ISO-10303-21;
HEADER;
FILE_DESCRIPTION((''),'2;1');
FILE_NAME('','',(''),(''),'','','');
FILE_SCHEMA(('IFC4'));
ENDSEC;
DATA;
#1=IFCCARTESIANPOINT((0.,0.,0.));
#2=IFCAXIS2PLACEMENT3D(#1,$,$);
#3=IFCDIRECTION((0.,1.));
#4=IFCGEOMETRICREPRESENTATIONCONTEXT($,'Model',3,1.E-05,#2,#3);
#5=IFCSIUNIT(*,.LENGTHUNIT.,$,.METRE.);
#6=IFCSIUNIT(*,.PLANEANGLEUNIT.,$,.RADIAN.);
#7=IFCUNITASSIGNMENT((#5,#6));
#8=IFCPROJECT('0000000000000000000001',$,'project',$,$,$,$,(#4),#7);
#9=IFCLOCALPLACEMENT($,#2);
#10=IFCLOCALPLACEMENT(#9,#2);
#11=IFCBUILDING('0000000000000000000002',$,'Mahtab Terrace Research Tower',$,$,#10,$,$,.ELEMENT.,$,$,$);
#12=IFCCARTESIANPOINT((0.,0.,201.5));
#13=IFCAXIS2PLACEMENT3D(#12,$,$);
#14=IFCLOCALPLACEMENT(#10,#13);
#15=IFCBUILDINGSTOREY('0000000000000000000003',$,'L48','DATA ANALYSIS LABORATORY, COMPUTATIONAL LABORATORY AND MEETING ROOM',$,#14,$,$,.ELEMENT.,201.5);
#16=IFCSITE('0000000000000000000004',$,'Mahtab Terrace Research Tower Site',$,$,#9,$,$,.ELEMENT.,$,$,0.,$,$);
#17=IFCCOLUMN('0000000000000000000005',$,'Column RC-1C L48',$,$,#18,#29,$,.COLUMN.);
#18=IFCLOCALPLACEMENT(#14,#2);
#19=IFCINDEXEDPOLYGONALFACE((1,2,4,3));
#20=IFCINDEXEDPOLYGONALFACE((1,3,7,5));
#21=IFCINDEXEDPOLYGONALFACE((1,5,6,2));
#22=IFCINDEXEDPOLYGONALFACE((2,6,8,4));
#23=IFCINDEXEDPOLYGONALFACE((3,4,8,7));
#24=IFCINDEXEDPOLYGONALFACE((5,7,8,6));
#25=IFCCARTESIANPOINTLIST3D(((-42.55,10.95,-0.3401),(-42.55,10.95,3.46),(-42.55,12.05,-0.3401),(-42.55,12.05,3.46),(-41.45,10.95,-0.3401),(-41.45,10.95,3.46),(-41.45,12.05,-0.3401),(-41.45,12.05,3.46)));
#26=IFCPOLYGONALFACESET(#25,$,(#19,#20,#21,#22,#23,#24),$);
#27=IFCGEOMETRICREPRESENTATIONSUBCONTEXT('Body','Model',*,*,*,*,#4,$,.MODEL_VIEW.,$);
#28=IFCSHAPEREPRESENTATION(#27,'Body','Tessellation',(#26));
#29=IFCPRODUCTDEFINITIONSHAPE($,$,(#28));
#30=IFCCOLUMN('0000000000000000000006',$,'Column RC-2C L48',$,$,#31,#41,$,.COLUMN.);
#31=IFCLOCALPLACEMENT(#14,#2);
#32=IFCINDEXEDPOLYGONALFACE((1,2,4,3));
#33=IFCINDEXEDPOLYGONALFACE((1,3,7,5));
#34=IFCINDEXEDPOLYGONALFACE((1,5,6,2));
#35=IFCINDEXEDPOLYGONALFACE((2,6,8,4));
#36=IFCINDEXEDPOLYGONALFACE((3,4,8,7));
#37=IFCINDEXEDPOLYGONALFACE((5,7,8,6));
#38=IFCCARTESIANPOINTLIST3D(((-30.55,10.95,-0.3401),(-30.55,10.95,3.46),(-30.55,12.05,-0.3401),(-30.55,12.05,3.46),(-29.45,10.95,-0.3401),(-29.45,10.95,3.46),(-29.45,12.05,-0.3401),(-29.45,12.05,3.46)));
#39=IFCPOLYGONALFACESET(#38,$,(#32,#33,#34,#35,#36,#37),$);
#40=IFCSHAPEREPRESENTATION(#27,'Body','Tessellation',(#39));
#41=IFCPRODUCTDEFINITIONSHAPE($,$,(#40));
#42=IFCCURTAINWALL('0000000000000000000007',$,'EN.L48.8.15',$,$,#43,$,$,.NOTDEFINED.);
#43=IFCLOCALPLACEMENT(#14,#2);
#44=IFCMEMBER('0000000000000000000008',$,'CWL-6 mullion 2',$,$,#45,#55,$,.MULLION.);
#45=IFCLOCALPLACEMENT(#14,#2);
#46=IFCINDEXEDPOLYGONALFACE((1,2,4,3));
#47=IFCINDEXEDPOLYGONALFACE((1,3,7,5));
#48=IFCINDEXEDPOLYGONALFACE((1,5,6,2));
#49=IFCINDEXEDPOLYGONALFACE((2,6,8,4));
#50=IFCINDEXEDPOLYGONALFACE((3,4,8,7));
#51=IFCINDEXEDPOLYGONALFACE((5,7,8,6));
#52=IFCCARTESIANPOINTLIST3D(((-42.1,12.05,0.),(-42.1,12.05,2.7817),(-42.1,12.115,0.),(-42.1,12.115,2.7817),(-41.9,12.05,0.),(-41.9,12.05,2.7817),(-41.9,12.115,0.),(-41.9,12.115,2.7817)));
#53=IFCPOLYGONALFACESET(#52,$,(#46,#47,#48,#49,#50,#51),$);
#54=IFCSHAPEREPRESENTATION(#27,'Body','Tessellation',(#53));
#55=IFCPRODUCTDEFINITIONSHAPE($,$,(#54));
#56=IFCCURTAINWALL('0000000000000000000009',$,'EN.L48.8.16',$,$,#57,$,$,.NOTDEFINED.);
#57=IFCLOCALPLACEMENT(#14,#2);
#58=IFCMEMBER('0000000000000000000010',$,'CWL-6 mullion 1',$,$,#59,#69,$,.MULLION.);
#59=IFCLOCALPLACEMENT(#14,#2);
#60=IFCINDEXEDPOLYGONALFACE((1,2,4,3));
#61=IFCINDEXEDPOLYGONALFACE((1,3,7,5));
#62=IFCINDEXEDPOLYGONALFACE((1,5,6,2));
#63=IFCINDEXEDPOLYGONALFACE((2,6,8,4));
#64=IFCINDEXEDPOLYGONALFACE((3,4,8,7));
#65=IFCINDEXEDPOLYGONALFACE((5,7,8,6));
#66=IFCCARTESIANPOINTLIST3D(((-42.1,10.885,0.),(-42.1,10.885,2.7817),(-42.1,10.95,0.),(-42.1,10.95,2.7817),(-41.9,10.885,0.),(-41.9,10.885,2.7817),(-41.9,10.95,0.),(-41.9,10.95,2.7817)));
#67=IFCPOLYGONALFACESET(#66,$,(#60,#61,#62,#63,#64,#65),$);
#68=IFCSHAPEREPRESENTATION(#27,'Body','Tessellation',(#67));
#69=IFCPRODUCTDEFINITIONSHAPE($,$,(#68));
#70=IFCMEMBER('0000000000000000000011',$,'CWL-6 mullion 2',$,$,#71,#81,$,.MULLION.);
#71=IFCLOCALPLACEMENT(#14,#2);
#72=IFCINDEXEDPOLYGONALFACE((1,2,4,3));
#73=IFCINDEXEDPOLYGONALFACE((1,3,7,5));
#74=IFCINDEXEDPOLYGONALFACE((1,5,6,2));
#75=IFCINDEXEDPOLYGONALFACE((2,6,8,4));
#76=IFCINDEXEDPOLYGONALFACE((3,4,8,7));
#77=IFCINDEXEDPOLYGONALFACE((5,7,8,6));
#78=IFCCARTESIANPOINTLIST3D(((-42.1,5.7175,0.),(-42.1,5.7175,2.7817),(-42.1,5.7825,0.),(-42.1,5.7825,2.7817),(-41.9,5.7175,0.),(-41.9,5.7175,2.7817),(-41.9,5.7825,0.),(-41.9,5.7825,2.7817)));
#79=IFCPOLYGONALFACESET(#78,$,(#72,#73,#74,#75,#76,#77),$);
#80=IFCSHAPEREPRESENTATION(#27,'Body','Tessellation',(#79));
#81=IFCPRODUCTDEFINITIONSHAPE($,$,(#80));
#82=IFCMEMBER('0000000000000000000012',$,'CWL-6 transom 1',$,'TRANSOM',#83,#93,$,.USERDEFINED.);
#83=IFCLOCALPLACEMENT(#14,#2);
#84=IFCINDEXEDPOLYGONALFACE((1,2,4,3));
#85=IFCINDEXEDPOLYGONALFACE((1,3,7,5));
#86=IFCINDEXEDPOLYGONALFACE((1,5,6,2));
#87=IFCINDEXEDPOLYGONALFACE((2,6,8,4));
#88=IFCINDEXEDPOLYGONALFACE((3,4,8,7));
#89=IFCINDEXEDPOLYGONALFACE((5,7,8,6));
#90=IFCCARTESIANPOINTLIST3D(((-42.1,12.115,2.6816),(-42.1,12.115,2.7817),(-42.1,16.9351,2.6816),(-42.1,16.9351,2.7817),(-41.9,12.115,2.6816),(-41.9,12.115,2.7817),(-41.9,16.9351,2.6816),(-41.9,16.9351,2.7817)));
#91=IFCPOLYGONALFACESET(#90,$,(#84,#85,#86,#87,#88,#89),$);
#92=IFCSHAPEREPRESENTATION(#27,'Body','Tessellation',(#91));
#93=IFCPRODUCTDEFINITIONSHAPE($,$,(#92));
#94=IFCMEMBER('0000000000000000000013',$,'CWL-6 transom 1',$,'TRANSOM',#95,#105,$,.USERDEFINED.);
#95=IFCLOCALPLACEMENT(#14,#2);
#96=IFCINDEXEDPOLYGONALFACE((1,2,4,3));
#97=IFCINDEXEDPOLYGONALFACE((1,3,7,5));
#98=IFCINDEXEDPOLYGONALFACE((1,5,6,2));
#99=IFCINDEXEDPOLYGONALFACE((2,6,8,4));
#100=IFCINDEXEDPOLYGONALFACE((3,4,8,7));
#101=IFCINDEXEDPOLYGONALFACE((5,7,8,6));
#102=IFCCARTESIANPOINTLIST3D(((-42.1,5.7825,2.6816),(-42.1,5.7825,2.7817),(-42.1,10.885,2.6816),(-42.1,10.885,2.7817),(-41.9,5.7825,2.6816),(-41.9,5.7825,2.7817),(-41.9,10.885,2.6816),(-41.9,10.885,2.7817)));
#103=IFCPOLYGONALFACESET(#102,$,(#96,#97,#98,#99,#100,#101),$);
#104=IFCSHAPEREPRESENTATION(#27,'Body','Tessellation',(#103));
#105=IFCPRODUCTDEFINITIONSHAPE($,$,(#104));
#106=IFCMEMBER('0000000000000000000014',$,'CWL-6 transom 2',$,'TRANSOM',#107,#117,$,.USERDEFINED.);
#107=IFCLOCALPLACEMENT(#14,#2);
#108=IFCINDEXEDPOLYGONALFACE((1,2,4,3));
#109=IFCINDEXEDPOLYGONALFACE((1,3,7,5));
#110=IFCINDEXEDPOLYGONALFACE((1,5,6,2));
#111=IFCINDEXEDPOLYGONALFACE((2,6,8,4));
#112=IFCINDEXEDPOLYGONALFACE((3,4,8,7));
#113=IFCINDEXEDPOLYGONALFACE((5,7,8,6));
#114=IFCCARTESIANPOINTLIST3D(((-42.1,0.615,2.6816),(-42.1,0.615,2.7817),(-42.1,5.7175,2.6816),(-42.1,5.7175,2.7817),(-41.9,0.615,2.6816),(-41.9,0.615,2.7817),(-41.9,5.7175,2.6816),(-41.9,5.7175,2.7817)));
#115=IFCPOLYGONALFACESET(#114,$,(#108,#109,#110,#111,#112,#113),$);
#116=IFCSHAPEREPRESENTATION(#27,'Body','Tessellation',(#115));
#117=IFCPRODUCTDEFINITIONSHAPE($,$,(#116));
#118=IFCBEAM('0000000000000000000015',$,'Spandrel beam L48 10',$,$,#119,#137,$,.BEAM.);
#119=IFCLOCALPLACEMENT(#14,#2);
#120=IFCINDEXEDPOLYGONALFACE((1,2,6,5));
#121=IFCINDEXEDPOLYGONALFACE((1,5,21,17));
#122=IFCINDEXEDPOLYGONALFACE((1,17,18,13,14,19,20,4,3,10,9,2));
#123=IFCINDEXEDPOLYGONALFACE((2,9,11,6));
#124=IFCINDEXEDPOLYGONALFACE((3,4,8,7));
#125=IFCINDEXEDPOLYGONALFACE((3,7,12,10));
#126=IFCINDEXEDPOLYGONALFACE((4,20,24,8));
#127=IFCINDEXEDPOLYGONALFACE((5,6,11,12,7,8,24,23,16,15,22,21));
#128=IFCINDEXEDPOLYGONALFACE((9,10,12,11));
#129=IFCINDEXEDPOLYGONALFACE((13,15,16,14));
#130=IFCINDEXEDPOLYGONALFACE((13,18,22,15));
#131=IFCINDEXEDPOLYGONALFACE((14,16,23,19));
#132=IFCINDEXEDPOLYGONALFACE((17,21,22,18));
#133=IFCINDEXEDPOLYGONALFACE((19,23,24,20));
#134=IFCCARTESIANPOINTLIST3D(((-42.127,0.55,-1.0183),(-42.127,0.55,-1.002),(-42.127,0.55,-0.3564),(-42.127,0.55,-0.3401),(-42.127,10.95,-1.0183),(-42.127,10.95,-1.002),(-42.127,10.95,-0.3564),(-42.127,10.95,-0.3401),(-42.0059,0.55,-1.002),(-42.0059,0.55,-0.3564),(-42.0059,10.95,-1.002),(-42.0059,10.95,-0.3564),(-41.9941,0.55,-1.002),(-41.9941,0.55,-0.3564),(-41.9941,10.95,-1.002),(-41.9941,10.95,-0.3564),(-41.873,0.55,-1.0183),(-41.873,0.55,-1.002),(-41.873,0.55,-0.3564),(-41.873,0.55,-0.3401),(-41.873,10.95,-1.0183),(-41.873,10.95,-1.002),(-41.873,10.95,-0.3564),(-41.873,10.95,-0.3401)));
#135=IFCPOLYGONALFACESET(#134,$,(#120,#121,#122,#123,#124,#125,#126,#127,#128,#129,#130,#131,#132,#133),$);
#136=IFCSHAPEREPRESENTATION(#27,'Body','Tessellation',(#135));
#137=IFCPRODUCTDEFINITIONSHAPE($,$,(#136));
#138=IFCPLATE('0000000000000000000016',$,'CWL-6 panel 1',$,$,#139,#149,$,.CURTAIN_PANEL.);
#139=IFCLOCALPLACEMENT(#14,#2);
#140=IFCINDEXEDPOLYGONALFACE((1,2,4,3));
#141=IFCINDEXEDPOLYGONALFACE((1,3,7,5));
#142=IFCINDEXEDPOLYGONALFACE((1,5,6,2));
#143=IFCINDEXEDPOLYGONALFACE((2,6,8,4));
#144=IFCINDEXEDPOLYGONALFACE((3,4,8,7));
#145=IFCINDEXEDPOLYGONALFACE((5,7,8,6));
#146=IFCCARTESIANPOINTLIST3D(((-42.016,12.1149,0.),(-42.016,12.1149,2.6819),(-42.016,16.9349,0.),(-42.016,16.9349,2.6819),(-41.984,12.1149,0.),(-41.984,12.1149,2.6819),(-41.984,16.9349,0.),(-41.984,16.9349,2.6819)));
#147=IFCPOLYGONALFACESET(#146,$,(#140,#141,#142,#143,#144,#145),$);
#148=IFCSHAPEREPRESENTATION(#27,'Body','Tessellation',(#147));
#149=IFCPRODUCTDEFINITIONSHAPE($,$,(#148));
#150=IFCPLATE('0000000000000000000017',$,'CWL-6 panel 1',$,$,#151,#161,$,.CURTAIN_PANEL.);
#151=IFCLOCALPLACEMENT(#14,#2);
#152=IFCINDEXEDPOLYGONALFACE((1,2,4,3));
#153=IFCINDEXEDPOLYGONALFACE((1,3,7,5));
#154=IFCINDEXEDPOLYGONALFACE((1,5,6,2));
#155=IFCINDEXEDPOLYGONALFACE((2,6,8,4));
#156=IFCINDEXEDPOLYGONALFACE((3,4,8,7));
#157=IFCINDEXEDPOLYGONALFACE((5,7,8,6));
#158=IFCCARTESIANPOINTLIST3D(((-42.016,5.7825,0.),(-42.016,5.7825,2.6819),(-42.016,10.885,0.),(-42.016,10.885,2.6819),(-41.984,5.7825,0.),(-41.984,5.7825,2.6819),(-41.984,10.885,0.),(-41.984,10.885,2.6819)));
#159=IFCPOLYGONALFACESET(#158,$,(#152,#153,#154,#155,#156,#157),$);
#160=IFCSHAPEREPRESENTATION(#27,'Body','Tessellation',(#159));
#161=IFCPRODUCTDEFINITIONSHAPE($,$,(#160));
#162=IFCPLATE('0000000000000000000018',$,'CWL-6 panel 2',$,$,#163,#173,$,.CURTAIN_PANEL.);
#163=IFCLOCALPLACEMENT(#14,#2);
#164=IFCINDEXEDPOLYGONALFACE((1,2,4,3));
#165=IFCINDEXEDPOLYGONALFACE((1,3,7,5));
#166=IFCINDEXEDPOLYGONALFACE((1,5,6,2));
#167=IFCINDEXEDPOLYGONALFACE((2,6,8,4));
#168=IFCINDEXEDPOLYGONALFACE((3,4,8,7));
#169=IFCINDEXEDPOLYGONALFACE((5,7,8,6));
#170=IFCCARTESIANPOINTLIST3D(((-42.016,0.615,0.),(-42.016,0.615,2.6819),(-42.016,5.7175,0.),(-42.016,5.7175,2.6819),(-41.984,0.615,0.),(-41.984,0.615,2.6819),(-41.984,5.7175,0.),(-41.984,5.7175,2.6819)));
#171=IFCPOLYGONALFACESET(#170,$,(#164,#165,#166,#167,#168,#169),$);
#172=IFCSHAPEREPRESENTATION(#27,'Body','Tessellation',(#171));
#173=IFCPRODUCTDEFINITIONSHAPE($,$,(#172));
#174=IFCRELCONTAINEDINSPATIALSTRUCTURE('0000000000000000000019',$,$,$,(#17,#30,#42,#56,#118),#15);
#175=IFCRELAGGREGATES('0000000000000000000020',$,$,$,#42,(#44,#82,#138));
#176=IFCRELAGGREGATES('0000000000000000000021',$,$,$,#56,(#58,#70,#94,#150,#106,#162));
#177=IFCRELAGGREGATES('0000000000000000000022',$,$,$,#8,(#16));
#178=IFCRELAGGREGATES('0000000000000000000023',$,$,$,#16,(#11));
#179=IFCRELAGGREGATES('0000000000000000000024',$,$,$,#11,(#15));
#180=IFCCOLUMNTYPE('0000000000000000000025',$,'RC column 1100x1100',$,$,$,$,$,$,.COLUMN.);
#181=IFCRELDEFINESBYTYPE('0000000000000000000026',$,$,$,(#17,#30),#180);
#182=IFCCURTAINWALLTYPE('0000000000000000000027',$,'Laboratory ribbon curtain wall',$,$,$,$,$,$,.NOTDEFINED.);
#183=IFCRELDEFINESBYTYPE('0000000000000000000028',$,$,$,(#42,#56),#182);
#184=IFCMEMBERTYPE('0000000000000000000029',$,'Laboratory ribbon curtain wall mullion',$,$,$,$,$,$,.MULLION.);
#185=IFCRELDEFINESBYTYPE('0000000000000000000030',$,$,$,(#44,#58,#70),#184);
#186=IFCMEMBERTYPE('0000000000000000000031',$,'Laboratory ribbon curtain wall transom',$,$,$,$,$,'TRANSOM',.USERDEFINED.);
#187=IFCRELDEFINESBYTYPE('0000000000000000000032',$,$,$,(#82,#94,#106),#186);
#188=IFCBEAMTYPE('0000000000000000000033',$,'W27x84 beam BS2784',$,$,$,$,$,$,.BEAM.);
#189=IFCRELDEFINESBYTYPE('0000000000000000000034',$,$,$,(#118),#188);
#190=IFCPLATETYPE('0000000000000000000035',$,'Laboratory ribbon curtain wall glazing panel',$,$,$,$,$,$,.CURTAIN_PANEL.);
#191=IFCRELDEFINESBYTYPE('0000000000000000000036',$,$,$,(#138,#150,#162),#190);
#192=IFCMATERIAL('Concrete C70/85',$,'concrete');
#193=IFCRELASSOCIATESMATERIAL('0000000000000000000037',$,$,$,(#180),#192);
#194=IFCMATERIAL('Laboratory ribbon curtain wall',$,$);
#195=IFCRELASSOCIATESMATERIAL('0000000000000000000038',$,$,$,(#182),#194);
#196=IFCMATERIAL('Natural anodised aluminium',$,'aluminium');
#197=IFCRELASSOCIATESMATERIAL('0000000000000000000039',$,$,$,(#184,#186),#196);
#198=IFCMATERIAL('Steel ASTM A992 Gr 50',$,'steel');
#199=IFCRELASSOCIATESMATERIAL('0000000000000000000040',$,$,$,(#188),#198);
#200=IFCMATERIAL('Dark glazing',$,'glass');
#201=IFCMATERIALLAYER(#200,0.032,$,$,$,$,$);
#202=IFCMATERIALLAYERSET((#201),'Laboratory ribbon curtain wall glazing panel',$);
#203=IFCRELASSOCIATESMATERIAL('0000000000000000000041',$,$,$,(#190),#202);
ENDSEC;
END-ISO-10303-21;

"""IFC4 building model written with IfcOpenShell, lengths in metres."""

from ifc_helpers import new_model, si_unit, direction, frame, origin, origin_2d, place, context, subcontext, project, spatial, rectangle, i_section, extrude, material, layer, layer_set, material_profile, profile_set, type_object, element, aggregate, save


model = new_model("IFC4")

# Units and contexts
model_context = context("Model", 3, precision=1e-05, world=origin(), true_north=direction((0.0, 1.0)))
body_context = subcontext(model_context, "Body", "Model", "MODEL_VIEW")
ifc_project = project(units=[si_unit("LENGTHUNIT", "METRE"), si_unit("PLANEANGLEUNIT", "RADIAN")], contexts=[model_context])

# Site, building, storey
site_placement = place(None, origin())
site = spatial("IfcSite", under=ifc_project, at=site_placement, Name="Mahtab Terrace Research Tower Site", CompositionType="ELEMENT", RefElevation=0.0)
building_placement = place(site_placement, origin())
building = spatial("IfcBuilding", under=site, at=building_placement, Name="Mahtab Terrace Research Tower", CompositionType="ELEMENT")
storey_placement = place(building_placement, frame((0.0, 0.0, 201.5)))
storey = spatial("IfcBuildingStorey", under=building, at=storey_placement, Name="L48", Description="DATA ANALYSIS LABORATORY, COMPUTATIONAL LABORATORY AND MEETING ROOM", CompositionType="ELEMENT", Elevation=201.5)

# Columns
ifc_material_1 = material(Name="Concrete C70/85", Category="concrete")
ifc_material_profile_1 = material_profile(ifc_material_1, rectangle(XDim=1.1001, YDim=1.1001, at=origin_2d()), Name="RC column 1100x1100")
ifc_profile_set_1 = profile_set([ifc_material_profile_1], Name="Concrete C70/85")
column_type = type_object("IfcColumnType", Name="RC column 1100x1100", PredefinedType="COLUMN", material=ifc_profile_set_1)
for number, where, z_axis, x_axis, name in (
    (1, (-42.0, 11.5, -0.3401), (0.0, 0.0, 1.0), (1.0, 0.0, 0.0), "Column RC-1C L48"),
    (2, (-30.0, 11.5, -0.3401), (0.0, 0.0, 1.0), (1.0, 0.0, 0.0), "Column RC-2C L48"),
):
    element("IfcColumn", number, at=place(storey_placement, frame(where, z_axis=z_axis, x_axis=x_axis)), inside=storey, type_object=column_type, Name=name, PredefinedType="COLUMN", context=body_context, shape_type="SweptSolid", body=[
        extrude(rectangle(XDim=1.1001, YDim=1.1001, at=origin_2d()), origin(), (0.0, 0.0, 1.0), 3.8),
    ])

# Curtain wall, member
ifc_material_2 = material(Name="Laboratory ribbon curtain wall")
curtain_wall_type = type_object("IfcCurtainWallType", Name="Laboratory ribbon curtain wall", PredefinedType="NOTDEFINED", material=ifc_material_2)
curtain_wall_1_placement = place(storey_placement, origin())
curtain_wall_1 = element("IfcCurtainWall", 3, at=curtain_wall_1_placement, inside=storey, type_object=curtain_wall_type, Name="EN.L48.8.15", PredefinedType="NOTDEFINED")
ifc_material_3 = material(Name="Natural anodised aluminium", Category="aluminium")
ifc_material_profile_2 = material_profile(ifc_material_3, rectangle(XDim=0.2, YDim=0.0649, at=origin_2d()), Name="MULLION 65x200")
ifc_profile_set_2 = profile_set([ifc_material_profile_2], Name="Natural anodised aluminium")
member_type_1 = type_object("IfcMemberType", Name="Laboratory ribbon curtain wall mullion", PredefinedType="MULLION", material=ifc_profile_set_2)
member_1_placement = place(storey_placement, frame((-42.0, 12.0825, 0.0), z_axis=(0.0, 0.0, 1.0), x_axis=(1.0, 0.0, 0.0)))
member_1 = element("IfcMember", 4, at=member_1_placement, type_object=member_type_1, Name="CWL-6 mullion 2", PredefinedType="MULLION", context=body_context, shape_type="SweptSolid", body=[
    extrude(rectangle(XDim=0.2, YDim=0.0649, at=origin_2d()), origin(), (0.0, 0.0, 1.0), 2.7817),
])

# Curtain wall, members
curtain_wall_2_placement = place(storey_placement, origin())
curtain_wall_2 = element("IfcCurtainWall", 5, at=curtain_wall_2_placement, inside=storey, type_object=curtain_wall_type, Name="EN.L48.8.16", PredefinedType="NOTDEFINED")
member_2_placement = place(storey_placement, frame((-42.0, 10.9175, 0.0), z_axis=(0.0, 0.0, 1.0), x_axis=(1.0, 0.0, 0.0)))
member_2 = element("IfcMember", 6, at=member_2_placement, type_object=member_type_1, Name="CWL-6 mullion 1", PredefinedType="MULLION", context=body_context, shape_type="SweptSolid", body=[
    extrude(rectangle(XDim=0.2, YDim=0.0649, at=origin_2d()), origin(), (0.0, 0.0, 1.0), 2.7817),
])
member_3_placement = place(storey_placement, frame((-42.0, 5.75, 0.0), z_axis=(0.0, 0.0, 1.0), x_axis=(1.0, 0.0, 0.0)))
member_3 = element("IfcMember", 7, at=member_3_placement, type_object=member_type_1, Name="CWL-6 mullion 2", PredefinedType="MULLION", context=body_context, shape_type="SweptSolid", body=[
    extrude(rectangle(XDim=0.2, YDim=0.0649, at=origin_2d()), origin(), (0.0, 0.0, 1.0), 2.7817),
])

# Members
ifc_material_profile_3 = material_profile(ifc_material_3, rectangle(XDim=0.2, YDim=0.1001, at=origin_2d()), Name="TRANSOM 100x200")
ifc_profile_set_3 = profile_set([ifc_material_profile_3], Name="Natural anodised aluminium")
member_type_2 = type_object("IfcMemberType", Name="Laboratory ribbon curtain wall transom", ElementType="TRANSOM", PredefinedType="USERDEFINED", material=ifc_profile_set_3)
member_4_placement = place(storey_placement, frame((-42.0, 16.9351, 2.7317), z_axis=(0.0, -1.0, 0.0), x_axis=(1.0, 0.0, 0.0)))
member_4 = element("IfcMember", 8, at=member_4_placement, type_object=member_type_2, Name="CWL-6 transom 1", ObjectType="TRANSOM", PredefinedType="USERDEFINED", context=body_context, shape_type="SweptSolid", body=[
    extrude(rectangle(XDim=0.2, YDim=0.1001, at=origin_2d()), origin(), (0.0, 0.0, 1.0), 4.8201),
])
member_5_placement = place(storey_placement, frame((-42.0, 10.885, 2.7317), z_axis=(0.0, -1.0, 0.0), x_axis=(1.0, 0.0, 0.0)))
member_5 = element("IfcMember", 9, at=member_5_placement, type_object=member_type_2, Name="CWL-6 transom 1", ObjectType="TRANSOM", PredefinedType="USERDEFINED", context=body_context, shape_type="SweptSolid", body=[
    extrude(rectangle(XDim=0.2, YDim=0.1001, at=origin_2d()), origin(), (0.0, 0.0, 1.0), 5.1025),
])
member_6_placement = place(storey_placement, frame((-42.0, 5.7175, 2.7317), z_axis=(0.0, -1.0, 0.0), x_axis=(1.0, 0.0, 0.0)))
member_6 = element("IfcMember", 10, at=member_6_placement, type_object=member_type_2, Name="CWL-6 transom 2", ObjectType="TRANSOM", PredefinedType="USERDEFINED", context=body_context, shape_type="SweptSolid", body=[
    extrude(rectangle(XDim=0.2, YDim=0.1001, at=origin_2d()), origin(), (0.0, 0.0, 1.0), 5.1025),
])

# Beam
ifc_material_4 = material(Name="Steel ASTM A992 Gr 50", Category="steel")
ifc_material_profile_4 = material_profile(ifc_material_4, i_section(OverallWidth=0.2539, OverallDepth=0.6782, WebThickness=0.0117, FlangeThickness=0.0164, at=origin_2d()), Name="W27X84")
ifc_profile_set_4 = profile_set([ifc_material_profile_4], Name="Steel ASTM A992 Gr 50")
beam_type = type_object("IfcBeamType", Name="W27x84 beam BS2784", PredefinedType="BEAM", material=ifc_profile_set_4)
beam_placement = place(storey_placement, frame((-42.0, 10.95, -0.6792), z_axis=(0.0, -1.0, 0.0), x_axis=(1.0, 0.0, 0.0)))
element("IfcBeam", 11, at=beam_placement, inside=storey, type_object=beam_type, Name="Spandrel beam L48 10", PredefinedType="BEAM", context=body_context, shape_type="SweptSolid", body=[
    extrude(i_section(OverallWidth=0.2539, OverallDepth=0.6782, WebThickness=0.0117, FlangeThickness=0.0164, at=origin_2d()), origin(), (0.0, 0.0, 1.0), 10.3999),
])

# Plates
ifc_material_5 = material(Name="Dark glazing", Category="glass")
ifc_layer_1 = layer(ifc_material_5, 0.032)
ifc_layer_set_1 = layer_set([ifc_layer_1], Name="Laboratory ribbon curtain wall glazing panel")
plate_type = type_object("IfcPlateType", Name="Laboratory ribbon curtain wall glazing panel", PredefinedType="CURTAIN_PANEL", material=ifc_layer_set_1)
plate_1_placement = place(storey_placement, frame((-42.0, 14.5249, 0.0), z_axis=(0.0, 0.0, 1.0), x_axis=(0.0, -1.0, 0.0)))
plate_1 = element("IfcPlate", 12, at=plate_1_placement, type_object=plate_type, Name="CWL-6 panel 1", PredefinedType="CURTAIN_PANEL", context=body_context, shape_type="SweptSolid", body=[
    extrude(rectangle(XDim=4.8201, YDim=0.032, at=origin_2d()), origin(), (0.0, 0.0, 1.0), 2.6819),
])
aggregate(curtain_wall_1, [member_1, member_4, plate_1])
plate_2_placement = place(storey_placement, frame((-42.0, 8.3337, 0.0), z_axis=(0.0, 0.0, 1.0), x_axis=(0.0, -1.0, 0.0)))
plate_2 = element("IfcPlate", 13, at=plate_2_placement, type_object=plate_type, Name="CWL-6 panel 1", PredefinedType="CURTAIN_PANEL", context=body_context, shape_type="SweptSolid", body=[
    extrude(rectangle(XDim=5.1025, YDim=0.032, at=origin_2d()), origin(), (0.0, 0.0, 1.0), 2.6819),
])
plate_3_placement = place(storey_placement, frame((-42.0, 3.1663, 0.0), z_axis=(0.0, 0.0, 1.0), x_axis=(0.0, -1.0, 0.0)))
plate_3 = element("IfcPlate", 14, at=plate_3_placement, type_object=plate_type, Name="CWL-6 panel 2", PredefinedType="CURTAIN_PANEL", context=body_context, shape_type="SweptSolid", body=[
    extrude(rectangle(XDim=5.1025, YDim=0.032, at=origin_2d()), origin(), (0.0, 0.0, 1.0), 2.6819),
])
aggregate(curtain_wall_2, [member_2, member_3, member_5, plate_2, member_6, plate_3])

save(model, "model.ifc")
